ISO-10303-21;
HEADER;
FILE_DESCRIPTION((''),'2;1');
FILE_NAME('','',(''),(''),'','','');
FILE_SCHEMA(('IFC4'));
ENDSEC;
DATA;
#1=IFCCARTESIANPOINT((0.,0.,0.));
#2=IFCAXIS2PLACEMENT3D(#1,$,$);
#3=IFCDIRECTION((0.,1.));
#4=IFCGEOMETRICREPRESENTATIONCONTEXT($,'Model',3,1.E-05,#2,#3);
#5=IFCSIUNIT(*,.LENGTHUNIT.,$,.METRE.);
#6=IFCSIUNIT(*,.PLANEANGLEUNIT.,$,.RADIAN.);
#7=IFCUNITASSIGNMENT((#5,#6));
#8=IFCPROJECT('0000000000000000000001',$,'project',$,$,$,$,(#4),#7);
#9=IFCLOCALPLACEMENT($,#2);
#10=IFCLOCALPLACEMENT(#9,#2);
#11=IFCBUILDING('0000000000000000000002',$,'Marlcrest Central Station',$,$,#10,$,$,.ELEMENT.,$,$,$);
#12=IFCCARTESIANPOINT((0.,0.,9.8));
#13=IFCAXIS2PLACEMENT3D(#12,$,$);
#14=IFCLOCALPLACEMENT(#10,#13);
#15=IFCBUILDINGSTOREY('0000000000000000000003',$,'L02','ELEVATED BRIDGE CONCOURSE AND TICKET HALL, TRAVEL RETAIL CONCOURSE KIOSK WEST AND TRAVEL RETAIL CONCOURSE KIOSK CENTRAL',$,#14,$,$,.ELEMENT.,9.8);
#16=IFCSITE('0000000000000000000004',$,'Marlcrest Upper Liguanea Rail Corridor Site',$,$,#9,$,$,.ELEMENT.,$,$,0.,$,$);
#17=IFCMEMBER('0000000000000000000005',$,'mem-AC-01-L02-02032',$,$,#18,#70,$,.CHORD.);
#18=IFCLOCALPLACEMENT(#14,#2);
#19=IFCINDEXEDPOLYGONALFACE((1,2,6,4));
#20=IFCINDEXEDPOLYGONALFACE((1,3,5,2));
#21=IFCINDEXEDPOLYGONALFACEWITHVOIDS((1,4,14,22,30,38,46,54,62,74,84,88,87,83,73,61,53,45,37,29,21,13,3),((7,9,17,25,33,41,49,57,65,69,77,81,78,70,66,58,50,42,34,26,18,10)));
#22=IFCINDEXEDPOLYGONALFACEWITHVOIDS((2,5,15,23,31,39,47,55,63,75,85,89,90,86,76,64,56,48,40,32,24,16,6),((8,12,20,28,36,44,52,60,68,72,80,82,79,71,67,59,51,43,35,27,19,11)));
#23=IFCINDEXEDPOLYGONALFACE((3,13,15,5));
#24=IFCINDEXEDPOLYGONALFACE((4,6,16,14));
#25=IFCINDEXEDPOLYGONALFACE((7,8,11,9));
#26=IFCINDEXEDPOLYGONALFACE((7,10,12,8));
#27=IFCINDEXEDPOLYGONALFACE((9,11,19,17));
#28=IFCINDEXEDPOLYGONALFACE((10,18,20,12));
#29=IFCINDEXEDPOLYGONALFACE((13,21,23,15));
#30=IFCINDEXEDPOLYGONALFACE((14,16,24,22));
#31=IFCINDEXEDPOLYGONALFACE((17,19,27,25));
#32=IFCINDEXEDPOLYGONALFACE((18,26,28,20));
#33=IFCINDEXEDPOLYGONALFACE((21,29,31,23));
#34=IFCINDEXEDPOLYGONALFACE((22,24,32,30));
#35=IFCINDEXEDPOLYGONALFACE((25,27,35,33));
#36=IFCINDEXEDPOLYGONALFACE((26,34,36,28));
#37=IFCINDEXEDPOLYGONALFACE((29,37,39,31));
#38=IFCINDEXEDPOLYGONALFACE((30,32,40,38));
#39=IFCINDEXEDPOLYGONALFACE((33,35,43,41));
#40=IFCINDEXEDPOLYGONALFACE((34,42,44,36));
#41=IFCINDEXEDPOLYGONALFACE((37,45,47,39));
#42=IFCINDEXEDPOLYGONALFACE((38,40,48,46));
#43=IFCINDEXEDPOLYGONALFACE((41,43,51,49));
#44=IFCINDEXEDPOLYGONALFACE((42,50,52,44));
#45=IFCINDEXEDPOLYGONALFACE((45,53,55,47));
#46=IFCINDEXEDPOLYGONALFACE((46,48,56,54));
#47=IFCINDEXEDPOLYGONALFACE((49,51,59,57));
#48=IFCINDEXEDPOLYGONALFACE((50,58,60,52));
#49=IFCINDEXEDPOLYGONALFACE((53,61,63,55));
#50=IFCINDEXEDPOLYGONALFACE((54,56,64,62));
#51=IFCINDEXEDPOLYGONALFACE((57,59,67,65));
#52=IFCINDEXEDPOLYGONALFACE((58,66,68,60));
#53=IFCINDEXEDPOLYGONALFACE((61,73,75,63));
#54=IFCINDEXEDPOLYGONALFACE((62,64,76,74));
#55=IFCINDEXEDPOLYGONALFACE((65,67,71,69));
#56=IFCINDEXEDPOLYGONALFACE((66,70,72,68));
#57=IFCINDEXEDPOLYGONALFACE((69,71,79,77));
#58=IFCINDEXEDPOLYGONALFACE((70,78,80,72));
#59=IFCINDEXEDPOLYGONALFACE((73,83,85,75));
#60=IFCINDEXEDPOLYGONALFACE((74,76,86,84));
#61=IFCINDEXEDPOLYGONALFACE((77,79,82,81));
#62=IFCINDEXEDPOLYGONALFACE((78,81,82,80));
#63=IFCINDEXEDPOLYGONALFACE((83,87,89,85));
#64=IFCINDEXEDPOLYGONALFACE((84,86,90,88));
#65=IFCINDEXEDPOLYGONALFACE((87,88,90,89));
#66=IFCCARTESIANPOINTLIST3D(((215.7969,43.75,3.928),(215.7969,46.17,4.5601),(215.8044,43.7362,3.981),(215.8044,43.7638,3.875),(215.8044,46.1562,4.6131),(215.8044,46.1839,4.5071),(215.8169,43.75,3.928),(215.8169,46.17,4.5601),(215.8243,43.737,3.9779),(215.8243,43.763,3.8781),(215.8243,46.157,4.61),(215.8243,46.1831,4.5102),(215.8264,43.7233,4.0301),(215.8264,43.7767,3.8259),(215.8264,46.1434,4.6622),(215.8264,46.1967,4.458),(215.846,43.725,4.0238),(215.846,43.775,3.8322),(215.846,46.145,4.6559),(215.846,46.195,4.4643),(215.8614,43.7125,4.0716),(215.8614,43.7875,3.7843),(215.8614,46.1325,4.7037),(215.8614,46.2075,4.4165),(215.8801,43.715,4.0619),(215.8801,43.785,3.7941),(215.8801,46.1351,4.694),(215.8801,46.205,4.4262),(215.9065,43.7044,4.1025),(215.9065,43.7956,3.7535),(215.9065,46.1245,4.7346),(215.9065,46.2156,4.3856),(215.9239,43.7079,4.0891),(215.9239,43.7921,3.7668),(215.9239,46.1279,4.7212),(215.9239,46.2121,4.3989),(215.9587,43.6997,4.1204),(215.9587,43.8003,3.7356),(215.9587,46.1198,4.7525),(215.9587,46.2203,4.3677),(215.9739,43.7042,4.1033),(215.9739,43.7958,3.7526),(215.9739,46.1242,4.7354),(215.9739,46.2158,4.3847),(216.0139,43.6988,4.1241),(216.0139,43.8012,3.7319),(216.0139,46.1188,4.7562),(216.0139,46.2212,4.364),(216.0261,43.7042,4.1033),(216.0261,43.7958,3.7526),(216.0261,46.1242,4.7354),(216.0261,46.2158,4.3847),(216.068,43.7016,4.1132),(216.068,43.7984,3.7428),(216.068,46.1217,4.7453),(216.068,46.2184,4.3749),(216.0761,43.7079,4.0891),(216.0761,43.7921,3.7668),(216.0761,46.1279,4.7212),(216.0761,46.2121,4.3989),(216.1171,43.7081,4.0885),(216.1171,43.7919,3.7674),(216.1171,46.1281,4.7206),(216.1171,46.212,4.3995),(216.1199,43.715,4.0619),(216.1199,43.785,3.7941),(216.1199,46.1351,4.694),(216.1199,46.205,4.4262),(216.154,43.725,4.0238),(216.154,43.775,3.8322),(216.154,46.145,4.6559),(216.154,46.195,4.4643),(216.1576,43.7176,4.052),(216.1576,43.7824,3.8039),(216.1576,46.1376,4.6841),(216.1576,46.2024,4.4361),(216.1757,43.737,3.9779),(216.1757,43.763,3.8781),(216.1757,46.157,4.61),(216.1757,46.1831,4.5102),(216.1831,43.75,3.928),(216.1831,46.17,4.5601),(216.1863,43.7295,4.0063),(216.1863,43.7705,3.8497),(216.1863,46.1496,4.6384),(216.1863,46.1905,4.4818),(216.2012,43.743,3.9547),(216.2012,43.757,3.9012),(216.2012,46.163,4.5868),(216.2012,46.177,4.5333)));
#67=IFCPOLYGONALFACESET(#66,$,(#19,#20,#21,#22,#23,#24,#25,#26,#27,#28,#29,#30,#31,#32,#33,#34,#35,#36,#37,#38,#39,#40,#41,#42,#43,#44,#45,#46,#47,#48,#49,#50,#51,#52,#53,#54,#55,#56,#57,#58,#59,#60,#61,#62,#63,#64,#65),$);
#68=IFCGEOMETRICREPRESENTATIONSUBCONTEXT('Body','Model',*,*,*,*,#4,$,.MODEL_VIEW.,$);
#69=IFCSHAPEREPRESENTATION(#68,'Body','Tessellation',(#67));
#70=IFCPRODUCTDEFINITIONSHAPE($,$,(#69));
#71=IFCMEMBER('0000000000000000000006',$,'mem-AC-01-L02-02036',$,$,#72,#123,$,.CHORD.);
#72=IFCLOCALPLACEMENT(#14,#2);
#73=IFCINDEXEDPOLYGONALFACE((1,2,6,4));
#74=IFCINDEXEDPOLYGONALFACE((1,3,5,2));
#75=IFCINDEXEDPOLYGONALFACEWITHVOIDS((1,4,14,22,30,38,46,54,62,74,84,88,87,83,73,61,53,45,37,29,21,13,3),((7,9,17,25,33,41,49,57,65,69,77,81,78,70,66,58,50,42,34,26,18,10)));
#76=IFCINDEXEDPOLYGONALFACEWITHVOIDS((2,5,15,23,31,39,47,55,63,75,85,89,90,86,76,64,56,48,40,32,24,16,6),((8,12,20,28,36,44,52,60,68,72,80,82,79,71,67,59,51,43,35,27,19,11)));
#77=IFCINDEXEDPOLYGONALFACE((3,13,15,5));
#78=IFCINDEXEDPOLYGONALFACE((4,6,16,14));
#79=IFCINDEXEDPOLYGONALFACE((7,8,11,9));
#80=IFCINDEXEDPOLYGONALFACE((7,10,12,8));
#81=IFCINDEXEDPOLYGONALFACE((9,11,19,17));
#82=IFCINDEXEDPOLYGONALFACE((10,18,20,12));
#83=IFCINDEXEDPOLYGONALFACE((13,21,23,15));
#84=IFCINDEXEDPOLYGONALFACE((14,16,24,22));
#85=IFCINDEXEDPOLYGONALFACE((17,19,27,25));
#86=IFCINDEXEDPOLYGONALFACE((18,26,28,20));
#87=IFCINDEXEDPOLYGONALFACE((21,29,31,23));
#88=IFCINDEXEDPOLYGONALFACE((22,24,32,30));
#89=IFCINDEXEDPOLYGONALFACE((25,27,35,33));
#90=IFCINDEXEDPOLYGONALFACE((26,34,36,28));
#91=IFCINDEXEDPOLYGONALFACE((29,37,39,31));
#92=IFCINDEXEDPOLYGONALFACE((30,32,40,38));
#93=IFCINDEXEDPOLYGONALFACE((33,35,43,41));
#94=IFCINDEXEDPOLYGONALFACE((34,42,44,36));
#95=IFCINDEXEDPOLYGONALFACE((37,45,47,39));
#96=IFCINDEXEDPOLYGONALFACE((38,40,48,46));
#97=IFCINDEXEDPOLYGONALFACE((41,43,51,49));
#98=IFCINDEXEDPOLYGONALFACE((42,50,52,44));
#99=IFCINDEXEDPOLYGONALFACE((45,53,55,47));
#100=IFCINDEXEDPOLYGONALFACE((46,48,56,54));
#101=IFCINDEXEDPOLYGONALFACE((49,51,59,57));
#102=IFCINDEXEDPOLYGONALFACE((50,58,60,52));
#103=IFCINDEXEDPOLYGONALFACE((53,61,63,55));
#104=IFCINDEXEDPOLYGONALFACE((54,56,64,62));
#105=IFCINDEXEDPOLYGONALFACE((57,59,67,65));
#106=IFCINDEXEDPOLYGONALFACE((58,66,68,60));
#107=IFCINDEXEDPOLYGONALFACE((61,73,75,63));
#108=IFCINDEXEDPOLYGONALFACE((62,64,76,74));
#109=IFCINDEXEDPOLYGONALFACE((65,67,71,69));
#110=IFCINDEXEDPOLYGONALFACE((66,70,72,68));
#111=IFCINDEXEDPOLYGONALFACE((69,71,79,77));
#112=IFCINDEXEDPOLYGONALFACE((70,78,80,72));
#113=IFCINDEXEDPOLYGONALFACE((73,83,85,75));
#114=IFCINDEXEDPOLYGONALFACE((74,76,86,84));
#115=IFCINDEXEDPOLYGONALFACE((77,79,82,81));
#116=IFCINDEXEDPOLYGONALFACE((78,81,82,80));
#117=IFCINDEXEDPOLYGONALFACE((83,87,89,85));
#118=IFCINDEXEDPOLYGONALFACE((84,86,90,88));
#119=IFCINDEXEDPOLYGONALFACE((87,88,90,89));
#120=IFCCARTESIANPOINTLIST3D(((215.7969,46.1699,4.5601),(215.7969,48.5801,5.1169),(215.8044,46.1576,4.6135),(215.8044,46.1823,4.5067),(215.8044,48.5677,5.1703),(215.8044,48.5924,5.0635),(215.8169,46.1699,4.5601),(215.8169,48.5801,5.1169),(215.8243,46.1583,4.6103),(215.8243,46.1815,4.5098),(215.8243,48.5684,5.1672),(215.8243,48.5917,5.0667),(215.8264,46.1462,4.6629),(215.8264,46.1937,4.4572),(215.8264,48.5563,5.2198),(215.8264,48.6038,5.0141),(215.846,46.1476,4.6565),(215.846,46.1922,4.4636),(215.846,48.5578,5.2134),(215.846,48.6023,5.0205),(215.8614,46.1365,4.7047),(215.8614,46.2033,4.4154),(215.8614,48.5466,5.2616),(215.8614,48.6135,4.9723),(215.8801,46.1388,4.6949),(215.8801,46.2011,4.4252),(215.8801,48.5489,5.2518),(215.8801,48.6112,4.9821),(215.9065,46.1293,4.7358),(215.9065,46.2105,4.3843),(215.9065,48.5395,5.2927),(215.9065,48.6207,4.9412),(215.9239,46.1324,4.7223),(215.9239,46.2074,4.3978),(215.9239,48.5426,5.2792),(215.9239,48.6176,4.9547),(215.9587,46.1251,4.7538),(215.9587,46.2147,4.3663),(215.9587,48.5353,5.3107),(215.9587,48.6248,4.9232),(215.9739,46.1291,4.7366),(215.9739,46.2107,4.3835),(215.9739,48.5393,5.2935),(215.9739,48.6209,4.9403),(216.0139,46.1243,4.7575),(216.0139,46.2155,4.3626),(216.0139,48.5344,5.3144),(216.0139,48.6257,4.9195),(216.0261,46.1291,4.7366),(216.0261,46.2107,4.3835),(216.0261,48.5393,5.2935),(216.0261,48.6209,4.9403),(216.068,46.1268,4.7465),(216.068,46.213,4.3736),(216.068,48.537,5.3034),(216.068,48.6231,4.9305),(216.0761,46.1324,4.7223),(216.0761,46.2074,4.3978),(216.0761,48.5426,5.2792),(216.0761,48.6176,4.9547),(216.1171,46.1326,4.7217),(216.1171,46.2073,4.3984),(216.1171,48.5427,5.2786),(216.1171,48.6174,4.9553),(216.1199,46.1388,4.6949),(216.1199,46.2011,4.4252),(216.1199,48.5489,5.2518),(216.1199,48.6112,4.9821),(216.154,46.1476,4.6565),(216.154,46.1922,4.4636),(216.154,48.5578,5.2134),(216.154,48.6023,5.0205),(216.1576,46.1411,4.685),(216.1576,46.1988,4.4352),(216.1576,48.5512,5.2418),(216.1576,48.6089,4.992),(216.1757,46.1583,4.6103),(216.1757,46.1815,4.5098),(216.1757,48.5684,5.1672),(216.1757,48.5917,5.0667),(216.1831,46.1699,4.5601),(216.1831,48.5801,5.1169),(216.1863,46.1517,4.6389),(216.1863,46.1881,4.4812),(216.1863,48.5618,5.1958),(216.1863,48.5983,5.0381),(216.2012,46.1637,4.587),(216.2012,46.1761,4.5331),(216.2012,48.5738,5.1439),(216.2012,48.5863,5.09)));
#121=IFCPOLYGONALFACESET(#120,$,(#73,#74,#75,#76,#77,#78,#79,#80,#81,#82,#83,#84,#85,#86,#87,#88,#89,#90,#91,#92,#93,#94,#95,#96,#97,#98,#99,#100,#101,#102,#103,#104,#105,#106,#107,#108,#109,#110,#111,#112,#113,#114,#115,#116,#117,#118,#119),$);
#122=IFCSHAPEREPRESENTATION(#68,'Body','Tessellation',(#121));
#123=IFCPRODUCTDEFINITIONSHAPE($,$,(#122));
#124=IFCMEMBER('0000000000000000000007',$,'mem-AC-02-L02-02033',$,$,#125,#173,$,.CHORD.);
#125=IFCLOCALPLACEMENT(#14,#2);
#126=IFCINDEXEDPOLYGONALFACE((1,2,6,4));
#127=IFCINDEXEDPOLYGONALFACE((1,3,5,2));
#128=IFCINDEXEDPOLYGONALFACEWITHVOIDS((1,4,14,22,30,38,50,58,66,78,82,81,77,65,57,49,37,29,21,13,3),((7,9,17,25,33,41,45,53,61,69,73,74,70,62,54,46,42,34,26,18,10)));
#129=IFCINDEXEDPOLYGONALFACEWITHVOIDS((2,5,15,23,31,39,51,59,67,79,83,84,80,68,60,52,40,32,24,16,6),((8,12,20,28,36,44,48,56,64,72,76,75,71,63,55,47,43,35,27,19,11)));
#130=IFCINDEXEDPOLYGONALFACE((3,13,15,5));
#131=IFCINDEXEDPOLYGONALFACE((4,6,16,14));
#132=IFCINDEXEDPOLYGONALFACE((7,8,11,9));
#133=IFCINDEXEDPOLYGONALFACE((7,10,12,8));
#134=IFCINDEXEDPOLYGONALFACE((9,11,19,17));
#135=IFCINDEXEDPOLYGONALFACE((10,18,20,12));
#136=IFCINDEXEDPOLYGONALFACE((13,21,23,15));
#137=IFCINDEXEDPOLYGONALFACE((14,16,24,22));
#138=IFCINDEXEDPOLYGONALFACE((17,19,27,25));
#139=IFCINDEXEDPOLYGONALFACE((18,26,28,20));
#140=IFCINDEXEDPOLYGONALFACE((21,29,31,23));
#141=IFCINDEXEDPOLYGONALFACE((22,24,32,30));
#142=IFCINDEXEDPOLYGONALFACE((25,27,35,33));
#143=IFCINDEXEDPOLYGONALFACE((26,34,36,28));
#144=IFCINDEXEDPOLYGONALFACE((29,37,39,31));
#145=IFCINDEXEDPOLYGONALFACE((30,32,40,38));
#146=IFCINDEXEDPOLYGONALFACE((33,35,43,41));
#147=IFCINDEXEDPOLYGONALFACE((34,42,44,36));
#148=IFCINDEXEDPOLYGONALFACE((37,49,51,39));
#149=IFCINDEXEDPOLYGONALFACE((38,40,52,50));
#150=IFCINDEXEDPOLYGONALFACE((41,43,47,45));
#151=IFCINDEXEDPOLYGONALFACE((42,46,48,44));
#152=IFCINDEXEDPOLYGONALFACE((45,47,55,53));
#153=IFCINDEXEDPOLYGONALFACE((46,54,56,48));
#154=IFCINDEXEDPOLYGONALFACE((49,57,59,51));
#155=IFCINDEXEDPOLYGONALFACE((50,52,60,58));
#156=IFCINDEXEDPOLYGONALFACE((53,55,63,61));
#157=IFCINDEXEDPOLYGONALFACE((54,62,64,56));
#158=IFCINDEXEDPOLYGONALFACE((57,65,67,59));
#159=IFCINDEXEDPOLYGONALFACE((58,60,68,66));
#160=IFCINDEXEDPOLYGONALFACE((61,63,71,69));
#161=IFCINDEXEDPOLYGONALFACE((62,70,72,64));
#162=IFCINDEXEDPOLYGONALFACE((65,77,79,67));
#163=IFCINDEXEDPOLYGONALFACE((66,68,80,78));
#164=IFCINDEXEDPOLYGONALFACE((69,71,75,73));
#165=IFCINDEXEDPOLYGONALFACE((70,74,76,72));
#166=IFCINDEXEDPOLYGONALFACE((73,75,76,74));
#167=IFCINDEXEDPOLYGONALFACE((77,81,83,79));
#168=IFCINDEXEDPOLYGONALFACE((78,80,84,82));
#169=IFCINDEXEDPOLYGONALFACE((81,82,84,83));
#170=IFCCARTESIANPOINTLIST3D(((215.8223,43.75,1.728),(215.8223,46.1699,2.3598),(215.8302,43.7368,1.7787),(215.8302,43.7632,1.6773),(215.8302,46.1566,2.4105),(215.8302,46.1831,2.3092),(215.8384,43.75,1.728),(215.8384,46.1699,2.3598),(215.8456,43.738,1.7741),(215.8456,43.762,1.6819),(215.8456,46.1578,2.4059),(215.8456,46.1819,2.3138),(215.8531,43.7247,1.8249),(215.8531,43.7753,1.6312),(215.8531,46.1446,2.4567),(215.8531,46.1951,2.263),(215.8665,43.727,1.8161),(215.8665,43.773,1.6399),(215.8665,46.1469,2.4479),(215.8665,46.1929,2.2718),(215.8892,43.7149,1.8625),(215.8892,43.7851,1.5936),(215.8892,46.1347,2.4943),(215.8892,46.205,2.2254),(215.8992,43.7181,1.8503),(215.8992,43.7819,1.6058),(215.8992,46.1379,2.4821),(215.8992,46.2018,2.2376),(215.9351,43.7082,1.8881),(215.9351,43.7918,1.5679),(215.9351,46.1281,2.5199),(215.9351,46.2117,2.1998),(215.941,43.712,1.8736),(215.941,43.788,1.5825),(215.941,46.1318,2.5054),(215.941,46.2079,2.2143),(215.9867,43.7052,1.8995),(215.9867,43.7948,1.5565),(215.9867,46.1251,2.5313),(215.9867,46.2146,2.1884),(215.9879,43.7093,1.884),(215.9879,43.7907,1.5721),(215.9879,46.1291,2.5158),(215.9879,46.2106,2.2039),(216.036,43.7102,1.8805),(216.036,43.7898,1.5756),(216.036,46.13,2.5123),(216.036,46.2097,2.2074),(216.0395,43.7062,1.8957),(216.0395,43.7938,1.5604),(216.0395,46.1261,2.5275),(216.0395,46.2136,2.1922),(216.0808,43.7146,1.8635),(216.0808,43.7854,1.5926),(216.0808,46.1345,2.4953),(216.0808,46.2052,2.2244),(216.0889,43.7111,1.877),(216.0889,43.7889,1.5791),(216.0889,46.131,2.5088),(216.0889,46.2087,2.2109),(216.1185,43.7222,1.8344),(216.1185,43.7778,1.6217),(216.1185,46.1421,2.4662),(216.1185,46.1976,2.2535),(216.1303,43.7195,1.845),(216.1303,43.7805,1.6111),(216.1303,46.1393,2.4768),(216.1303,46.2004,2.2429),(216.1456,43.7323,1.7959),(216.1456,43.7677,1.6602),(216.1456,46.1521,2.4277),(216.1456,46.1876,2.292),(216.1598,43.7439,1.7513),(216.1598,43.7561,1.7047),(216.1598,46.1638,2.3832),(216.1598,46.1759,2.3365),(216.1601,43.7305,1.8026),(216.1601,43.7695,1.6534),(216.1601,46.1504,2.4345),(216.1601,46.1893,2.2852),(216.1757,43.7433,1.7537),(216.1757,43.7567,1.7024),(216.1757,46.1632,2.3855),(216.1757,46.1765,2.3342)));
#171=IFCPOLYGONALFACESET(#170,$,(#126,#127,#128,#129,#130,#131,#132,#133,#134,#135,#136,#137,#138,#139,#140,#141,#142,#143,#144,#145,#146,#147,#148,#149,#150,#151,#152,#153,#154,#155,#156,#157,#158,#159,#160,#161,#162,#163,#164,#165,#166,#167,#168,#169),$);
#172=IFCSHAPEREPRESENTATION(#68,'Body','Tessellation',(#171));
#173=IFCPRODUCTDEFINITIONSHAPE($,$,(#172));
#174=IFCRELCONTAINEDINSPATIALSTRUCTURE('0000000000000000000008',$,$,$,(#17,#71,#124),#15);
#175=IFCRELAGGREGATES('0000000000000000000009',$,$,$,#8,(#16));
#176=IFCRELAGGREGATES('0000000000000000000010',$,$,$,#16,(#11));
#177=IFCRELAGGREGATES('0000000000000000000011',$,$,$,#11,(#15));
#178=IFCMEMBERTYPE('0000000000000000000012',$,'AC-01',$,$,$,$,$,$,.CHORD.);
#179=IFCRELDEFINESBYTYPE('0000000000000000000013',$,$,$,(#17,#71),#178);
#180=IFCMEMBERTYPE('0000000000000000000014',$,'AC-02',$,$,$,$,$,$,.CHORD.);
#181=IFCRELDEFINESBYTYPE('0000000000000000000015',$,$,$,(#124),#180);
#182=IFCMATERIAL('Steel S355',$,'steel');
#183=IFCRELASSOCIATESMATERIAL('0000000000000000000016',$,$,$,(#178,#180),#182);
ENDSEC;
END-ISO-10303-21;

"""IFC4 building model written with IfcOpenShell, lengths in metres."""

from ifc_helpers import new_model, si_unit, direction, frame, origin, origin_2d, place, context, subcontext, project, spatial, hollow_circle, extrude, material, material_profile, profile_set, type_object, element, save


model = new_model("IFC4")

# Units and contexts
model_context = context("Model", 3, precision=1e-05, world=origin(), true_north=direction((0.0, 1.0)))
body_context = subcontext(model_context, "Body", "Model", "MODEL_VIEW")
ifc_project = project(units=[si_unit("LENGTHUNIT", "METRE"), si_unit("PLANEANGLEUNIT", "RADIAN")], contexts=[model_context])

# Site, building, storey
site_placement = place(None, origin())
site = spatial("IfcSite", under=ifc_project, at=site_placement, Name="Marlcrest Upper Liguanea Rail Corridor Site", CompositionType="ELEMENT", RefElevation=0.0)
building_placement = place(site_placement, origin())
building = spatial("IfcBuilding", under=site, at=building_placement, Name="Marlcrest Central Station", CompositionType="ELEMENT")
storey_placement = place(building_placement, frame((0.0, 0.0, 9.8)))
storey = spatial("IfcBuildingStorey", under=building, at=storey_placement, Name="L02", Description="ELEVATED BRIDGE CONCOURSE AND TICKET HALL, TRAVEL RETAIL CONCOURSE KIOSK WEST AND TRAVEL RETAIL CONCOURSE KIOSK CENTRAL", CompositionType="ELEMENT", Elevation=9.8)

# Members
ifc_material = material(Name="Steel S355", Category="steel")
ifc_material_profile_1 = material_profile(ifc_material, hollow_circle(Radius=0.2031, WallThickness=0.02, at=origin_2d()), Name="CHS 406.4x20")
ifc_profile_set_1 = profile_set([ifc_material_profile_1], Name="Steel S355")
member_type_1 = type_object("IfcMemberType", Name="AC-01", PredefinedType="CHORD", material=ifc_profile_set_1)
member_1_placement = place(storey_placement, frame((216.0, 43.75, 3.928), z_axis=(0.0, 0.967539, 0.25272), x_axis=(-1.0, 0.0, 0.0)))
element("IfcMember", 1, at=member_1_placement, inside=storey, type_object=member_type_1, Name="mem-AC-01-L02-02032", PredefinedType="CHORD", context=body_context, shape_type="SweptSolid", body=[
    extrude(hollow_circle(Radius=0.2031, WallThickness=0.02, at=origin_2d()), origin(), (0.0, 0.0, 1.0), 2.5012),
])
member_2_placement = place(storey_placement, frame((216.0, 46.1699, 4.5601), z_axis=(0.0, 0.97433, 0.225126), x_axis=(-1.0, 0.0, 0.0)))
element("IfcMember", 2, at=member_2_placement, inside=storey, type_object=member_type_1, Name="mem-AC-01-L02-02036", PredefinedType="CHORD", context=body_context, shape_type="SweptSolid", body=[
    extrude(hollow_circle(Radius=0.2031, WallThickness=0.02, at=origin_2d()), origin(), (0.0, 0.0, 1.0), 2.4736),
])
ifc_material_profile_2 = material_profile(ifc_material, hollow_circle(Radius=0.1777, WallThickness=0.0161, at=origin_2d()), Name="CHS 355.6x16")
ifc_profile_set_2 = profile_set([ifc_material_profile_2], Name="Steel S355")
member_type_2 = type_object("IfcMemberType", Name="AC-02", PredefinedType="CHORD", material=ifc_profile_set_2)
member_3_placement = place(storey_placement, frame((216.0, 43.75, 1.728), z_axis=(0.0, 0.967563, 0.252629), x_axis=(-1.0, 0.0, 0.0)))
element("IfcMember", 3, at=member_3_placement, inside=storey, type_object=member_type_2, Name="mem-AC-02-L02-02033", PredefinedType="CHORD", context=body_context, shape_type="SweptSolid", body=[
    extrude(hollow_circle(Radius=0.1777, WallThickness=0.0161, at=origin_2d()), origin(), (0.0, 0.0, 1.0), 2.501),
])

save(model, "model.ifc")
